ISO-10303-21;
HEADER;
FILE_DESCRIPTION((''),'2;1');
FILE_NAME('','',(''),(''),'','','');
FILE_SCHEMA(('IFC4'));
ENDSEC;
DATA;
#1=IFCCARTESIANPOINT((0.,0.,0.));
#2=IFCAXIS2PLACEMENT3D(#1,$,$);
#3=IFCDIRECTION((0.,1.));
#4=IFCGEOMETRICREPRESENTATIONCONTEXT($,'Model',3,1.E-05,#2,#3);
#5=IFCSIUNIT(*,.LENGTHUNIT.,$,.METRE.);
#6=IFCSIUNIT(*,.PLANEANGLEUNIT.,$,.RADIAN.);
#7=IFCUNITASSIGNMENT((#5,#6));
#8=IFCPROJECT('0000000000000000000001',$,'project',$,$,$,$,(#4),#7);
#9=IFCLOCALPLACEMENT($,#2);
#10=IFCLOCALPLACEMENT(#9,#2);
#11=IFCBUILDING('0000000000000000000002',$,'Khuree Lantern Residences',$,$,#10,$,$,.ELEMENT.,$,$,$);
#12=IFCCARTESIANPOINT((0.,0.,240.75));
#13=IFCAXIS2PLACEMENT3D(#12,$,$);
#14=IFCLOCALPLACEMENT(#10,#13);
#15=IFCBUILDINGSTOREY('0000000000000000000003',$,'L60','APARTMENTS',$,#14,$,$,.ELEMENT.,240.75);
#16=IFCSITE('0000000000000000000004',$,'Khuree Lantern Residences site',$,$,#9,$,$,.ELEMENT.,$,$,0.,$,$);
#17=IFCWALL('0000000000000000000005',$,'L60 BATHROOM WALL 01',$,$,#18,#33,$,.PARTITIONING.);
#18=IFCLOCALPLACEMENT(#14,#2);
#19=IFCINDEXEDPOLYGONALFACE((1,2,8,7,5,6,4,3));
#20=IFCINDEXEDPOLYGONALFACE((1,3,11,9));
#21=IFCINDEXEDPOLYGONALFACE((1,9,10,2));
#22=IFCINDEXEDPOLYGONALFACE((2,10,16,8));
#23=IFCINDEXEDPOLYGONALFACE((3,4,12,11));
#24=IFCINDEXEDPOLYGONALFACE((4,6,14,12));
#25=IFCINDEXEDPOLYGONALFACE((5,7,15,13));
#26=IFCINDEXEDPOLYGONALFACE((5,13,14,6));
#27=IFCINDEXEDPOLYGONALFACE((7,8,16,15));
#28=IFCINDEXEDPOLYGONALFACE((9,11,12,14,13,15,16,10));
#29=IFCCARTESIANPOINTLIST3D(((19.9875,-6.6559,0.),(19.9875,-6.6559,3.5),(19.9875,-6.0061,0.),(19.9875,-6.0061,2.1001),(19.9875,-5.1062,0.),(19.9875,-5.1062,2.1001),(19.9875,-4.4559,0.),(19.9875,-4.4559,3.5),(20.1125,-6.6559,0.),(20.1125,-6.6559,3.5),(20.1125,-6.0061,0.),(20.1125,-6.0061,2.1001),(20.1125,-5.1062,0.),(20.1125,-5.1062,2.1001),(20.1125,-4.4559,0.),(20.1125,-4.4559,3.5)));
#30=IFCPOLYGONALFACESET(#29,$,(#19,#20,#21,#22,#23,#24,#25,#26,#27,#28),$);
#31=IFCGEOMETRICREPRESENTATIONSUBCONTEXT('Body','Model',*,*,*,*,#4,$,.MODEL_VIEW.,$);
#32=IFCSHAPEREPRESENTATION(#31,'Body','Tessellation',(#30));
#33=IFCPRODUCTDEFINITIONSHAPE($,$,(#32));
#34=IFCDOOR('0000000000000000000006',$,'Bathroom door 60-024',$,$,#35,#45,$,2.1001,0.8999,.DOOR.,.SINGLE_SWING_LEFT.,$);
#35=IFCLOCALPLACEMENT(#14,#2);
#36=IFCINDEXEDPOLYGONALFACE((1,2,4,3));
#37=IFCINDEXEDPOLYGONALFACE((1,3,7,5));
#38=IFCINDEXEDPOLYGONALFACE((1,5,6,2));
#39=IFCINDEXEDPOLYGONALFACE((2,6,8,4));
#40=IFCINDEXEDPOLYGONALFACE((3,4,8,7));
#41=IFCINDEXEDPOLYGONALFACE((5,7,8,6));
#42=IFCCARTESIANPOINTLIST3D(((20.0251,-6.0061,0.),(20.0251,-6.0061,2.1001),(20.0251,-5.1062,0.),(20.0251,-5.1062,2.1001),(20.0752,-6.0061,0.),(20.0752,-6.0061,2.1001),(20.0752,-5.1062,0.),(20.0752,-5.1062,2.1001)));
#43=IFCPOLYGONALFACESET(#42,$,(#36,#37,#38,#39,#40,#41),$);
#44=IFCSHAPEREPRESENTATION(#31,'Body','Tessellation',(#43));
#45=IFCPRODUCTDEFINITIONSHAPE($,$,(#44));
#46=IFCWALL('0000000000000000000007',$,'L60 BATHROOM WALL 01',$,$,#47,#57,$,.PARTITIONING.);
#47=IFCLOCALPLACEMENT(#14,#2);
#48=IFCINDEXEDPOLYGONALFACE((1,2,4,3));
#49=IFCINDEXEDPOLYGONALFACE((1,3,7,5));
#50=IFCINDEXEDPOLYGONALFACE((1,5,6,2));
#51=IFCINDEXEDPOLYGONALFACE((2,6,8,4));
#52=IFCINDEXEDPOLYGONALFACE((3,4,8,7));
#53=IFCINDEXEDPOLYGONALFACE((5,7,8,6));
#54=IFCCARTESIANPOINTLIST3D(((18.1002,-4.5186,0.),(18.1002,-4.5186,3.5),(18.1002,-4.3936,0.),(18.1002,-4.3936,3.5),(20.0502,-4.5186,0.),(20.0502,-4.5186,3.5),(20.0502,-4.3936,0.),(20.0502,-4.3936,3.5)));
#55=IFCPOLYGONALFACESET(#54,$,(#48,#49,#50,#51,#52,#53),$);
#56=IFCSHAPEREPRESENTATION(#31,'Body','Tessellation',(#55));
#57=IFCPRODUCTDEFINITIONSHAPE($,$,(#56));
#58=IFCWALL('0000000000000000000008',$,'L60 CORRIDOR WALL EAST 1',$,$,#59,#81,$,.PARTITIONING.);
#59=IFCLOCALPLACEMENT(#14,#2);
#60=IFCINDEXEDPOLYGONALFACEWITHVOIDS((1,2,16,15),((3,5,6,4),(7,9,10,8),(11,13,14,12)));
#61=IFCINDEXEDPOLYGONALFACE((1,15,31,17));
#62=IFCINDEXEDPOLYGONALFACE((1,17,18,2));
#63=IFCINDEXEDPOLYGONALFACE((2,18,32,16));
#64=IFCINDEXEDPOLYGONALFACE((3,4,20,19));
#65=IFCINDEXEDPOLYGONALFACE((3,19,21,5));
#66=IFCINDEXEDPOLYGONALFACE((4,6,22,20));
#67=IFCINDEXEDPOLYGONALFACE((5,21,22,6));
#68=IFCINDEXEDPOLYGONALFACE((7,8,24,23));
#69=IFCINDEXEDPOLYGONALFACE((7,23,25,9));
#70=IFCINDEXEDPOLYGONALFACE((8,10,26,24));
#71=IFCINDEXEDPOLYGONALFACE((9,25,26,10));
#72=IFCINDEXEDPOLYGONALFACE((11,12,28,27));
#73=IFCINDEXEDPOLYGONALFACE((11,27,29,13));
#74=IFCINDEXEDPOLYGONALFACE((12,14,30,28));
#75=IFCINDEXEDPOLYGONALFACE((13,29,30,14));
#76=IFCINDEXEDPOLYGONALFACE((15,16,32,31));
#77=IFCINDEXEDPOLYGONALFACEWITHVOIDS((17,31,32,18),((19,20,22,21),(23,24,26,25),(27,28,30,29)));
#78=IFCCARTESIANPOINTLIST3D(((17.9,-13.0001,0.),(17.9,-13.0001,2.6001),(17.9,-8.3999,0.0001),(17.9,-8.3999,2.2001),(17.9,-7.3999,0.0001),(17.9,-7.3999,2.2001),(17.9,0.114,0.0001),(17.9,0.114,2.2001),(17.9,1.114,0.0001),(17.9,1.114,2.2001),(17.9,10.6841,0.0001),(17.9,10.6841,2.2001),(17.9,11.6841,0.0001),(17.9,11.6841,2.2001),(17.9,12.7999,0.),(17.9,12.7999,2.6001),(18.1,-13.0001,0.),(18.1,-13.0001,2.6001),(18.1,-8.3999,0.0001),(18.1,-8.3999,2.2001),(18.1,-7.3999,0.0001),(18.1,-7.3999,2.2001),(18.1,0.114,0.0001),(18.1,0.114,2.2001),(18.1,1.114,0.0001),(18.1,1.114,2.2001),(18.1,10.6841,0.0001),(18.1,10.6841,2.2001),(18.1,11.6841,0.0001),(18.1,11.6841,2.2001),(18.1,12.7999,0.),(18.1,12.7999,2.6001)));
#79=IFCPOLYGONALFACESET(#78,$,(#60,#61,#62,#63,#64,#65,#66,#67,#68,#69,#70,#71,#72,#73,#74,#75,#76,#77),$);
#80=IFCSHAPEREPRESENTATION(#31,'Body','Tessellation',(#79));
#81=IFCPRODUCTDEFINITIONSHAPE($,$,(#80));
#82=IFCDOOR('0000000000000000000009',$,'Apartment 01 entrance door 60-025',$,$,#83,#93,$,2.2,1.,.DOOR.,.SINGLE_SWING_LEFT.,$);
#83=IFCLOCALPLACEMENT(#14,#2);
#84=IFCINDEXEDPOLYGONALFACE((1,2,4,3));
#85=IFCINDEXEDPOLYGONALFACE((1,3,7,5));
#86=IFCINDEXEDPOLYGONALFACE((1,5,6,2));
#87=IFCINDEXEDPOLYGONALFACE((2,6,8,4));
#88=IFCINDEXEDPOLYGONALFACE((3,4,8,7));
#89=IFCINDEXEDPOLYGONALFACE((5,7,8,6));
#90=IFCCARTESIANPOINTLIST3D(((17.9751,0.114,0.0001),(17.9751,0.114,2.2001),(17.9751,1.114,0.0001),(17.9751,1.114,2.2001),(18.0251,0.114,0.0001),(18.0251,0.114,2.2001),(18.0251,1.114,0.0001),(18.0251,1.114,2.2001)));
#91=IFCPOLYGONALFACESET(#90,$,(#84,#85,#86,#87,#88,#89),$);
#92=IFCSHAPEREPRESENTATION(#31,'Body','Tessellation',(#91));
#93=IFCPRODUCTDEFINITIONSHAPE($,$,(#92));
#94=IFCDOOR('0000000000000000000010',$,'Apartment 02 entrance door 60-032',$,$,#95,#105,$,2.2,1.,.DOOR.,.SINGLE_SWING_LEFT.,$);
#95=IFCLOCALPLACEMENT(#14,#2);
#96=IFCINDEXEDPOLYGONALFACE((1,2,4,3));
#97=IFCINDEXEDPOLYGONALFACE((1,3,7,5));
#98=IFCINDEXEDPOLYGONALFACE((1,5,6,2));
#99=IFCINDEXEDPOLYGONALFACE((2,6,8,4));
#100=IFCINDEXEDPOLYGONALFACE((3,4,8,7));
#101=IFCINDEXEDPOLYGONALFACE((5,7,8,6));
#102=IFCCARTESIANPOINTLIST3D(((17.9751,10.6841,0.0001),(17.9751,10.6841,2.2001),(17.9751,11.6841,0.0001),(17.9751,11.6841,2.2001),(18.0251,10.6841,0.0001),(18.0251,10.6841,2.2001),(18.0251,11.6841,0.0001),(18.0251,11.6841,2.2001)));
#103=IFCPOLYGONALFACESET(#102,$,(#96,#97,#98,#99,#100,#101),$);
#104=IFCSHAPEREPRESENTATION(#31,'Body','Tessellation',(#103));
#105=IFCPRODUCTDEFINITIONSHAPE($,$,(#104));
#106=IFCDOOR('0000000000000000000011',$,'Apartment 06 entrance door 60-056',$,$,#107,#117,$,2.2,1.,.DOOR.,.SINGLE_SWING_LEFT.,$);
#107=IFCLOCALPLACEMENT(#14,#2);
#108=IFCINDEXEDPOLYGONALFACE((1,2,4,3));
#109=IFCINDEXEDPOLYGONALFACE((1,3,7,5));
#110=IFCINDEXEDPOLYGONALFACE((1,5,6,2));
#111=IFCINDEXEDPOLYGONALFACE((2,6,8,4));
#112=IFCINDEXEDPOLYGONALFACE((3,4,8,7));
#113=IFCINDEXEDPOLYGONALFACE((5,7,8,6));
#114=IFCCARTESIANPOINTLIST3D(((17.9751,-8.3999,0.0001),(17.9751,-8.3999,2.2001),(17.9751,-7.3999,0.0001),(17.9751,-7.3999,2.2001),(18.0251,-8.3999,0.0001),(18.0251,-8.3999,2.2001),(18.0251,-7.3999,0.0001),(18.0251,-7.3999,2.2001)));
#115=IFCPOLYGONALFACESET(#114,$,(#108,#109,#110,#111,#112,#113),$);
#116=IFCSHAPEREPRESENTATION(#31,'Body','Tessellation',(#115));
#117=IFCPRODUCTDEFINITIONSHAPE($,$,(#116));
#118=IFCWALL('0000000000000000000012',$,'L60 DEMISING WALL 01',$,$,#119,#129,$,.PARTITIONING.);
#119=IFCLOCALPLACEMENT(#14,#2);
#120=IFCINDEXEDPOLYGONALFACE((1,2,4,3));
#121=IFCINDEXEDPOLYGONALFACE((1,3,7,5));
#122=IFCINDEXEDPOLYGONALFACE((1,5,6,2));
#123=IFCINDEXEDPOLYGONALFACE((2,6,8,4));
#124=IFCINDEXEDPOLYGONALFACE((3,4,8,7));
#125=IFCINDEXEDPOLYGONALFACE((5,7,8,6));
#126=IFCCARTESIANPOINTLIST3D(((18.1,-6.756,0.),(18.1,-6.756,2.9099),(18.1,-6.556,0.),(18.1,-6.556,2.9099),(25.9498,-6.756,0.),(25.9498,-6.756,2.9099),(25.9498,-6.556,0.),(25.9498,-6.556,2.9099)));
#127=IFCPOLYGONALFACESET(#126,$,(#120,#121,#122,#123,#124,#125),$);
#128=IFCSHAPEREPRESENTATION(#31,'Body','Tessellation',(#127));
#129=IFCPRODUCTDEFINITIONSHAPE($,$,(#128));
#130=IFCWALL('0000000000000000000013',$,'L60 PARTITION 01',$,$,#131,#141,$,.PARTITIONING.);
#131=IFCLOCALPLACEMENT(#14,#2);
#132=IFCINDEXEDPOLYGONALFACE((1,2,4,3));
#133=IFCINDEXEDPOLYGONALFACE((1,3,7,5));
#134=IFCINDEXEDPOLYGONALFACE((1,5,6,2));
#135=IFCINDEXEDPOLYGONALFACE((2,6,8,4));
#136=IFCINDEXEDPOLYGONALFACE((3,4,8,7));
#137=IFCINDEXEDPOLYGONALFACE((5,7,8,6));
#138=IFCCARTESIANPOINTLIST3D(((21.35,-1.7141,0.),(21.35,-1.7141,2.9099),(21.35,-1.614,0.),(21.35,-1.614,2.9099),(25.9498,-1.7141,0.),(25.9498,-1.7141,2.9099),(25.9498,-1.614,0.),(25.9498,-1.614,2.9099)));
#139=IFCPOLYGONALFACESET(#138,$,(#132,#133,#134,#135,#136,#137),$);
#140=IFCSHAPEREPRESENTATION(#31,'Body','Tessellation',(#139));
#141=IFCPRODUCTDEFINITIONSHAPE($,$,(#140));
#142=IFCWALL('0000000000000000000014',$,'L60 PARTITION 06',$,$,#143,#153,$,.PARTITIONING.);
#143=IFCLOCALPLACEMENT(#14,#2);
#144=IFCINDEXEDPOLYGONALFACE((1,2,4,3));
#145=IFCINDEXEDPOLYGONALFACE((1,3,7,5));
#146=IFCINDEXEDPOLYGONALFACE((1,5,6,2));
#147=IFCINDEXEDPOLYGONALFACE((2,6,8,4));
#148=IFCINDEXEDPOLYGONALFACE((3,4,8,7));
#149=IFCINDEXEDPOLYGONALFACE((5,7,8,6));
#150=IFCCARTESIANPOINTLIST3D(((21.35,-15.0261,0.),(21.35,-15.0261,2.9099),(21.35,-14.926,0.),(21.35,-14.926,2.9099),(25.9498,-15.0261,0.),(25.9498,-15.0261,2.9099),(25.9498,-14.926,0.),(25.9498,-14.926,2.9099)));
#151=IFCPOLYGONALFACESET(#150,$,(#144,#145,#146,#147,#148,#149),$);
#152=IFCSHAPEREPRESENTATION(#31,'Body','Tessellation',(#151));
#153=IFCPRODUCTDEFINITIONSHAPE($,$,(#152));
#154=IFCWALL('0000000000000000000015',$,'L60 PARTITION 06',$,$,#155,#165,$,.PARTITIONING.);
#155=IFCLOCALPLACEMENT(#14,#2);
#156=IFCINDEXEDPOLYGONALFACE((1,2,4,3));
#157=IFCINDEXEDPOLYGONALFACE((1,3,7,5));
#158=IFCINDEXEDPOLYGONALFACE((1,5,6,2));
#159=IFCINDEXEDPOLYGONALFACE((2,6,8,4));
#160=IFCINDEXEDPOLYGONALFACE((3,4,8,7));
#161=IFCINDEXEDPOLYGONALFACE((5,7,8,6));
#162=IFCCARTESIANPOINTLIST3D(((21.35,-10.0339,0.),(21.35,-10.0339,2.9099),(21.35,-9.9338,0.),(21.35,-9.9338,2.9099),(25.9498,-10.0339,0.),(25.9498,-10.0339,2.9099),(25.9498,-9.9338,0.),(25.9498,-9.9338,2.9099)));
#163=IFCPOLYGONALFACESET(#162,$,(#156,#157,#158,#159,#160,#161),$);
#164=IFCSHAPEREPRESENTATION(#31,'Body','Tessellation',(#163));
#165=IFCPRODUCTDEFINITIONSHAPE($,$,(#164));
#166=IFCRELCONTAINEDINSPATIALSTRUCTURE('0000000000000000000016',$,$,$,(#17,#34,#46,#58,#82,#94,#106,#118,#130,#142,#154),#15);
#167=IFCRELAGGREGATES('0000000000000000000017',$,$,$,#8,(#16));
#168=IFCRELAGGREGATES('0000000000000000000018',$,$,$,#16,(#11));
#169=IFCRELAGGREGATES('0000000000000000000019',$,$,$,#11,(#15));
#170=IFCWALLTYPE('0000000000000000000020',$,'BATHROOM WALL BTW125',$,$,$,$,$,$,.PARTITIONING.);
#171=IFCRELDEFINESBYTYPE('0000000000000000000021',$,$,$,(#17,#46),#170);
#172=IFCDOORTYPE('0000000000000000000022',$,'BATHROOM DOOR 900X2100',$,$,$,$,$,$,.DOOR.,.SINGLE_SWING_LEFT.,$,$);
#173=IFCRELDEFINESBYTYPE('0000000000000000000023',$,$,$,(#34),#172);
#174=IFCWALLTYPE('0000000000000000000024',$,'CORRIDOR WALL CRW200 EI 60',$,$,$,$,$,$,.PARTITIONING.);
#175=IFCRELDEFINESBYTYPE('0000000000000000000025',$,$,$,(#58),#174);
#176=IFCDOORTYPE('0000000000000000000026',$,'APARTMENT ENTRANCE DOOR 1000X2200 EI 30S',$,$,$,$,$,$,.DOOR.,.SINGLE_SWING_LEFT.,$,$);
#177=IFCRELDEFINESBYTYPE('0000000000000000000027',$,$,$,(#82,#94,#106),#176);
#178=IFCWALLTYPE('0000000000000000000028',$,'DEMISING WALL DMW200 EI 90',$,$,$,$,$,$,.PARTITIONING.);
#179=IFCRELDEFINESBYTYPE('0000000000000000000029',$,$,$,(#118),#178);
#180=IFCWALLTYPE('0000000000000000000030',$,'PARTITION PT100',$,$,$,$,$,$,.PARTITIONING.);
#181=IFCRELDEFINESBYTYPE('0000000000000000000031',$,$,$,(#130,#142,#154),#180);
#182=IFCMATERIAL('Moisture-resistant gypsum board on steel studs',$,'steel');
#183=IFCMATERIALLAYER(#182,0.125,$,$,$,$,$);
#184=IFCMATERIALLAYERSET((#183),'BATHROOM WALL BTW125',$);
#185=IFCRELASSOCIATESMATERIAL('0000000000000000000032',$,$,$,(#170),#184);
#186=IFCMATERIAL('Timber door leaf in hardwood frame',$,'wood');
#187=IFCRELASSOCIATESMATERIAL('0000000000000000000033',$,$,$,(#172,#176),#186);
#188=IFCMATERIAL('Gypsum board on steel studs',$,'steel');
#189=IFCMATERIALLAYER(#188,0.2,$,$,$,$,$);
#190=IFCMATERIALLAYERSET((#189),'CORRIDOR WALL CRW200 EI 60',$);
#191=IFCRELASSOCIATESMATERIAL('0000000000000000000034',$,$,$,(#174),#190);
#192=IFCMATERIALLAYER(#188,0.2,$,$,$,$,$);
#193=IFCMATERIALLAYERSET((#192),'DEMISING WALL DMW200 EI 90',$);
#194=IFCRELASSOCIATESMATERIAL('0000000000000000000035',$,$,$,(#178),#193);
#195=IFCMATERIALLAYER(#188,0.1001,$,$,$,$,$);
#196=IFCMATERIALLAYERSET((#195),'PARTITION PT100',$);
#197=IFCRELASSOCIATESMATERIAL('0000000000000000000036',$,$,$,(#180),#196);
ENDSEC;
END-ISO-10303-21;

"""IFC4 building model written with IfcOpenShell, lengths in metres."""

from ifc_helpers import new_model, si_unit, direction, frame, frame_2d, origin, place, context, subcontext, project, spatial, rectangle, extrude, material, layer, layer_set, type_object, element, fill, save


model = new_model("IFC4")

# Units and contexts
model_context = context("Model", 3, precision=1e-05, world=origin(), true_north=direction((0.0, 1.0)))
body_context = subcontext(model_context, "Body", "Model", "MODEL_VIEW")
ifc_project = project(units=[si_unit("LENGTHUNIT", "METRE"), si_unit("PLANEANGLEUNIT", "RADIAN")], contexts=[model_context])

# Site, building, storey
site_placement = place(None, origin())
site = spatial("IfcSite", under=ifc_project, at=site_placement, Name="Khuree Lantern Residences site", CompositionType="ELEMENT", RefElevation=0.0)
building_placement = place(site_placement, origin())
building = spatial("IfcBuilding", under=site, at=building_placement, Name="Khuree Lantern Residences", CompositionType="ELEMENT")
storey_placement = place(building_placement, frame((0.0, 0.0, 240.75)))
storey = spatial("IfcBuildingStorey", under=building, at=storey_placement, Name="L60", Description="APARTMENTS", CompositionType="ELEMENT", Elevation=240.75)

# Wall, opening, door
ifc_material_1 = material(Name="Moisture-resistant gypsum board on steel studs", Category="steel")
ifc_layer_1 = layer(ifc_material_1, 0.125)
ifc_layer_set_1 = layer_set([ifc_layer_1], Name="BATHROOM WALL BTW125")
wall_type_1 = type_object("IfcWallType", Name="BATHROOM WALL BTW125", PredefinedType="PARTITIONING", material=ifc_layer_set_1)
wall_1_placement = place(storey_placement, frame((20.05, -6.656, 0.0), z_axis=(0.0, 0.0, 1.0), x_axis=(0.0, 1.0, 0.0)))
wall_1 = element("IfcWall", 1, at=wall_1_placement, inside=storey, type_object=wall_type_1, Name="L60 BATHROOM WALL 01", PredefinedType="PARTITIONING", context=body_context, shape_type="SweptSolid", body=[
    extrude(rectangle(XDim=2.2, YDim=0.125, at=frame_2d((1.1001, 0.0))), origin(), (0.0, 0.0, 1.0), 3.5),
])
opening_1_placement = place(wall_1_placement, frame((0.6499, 0.0, 0.0)))
opening_1 = element("IfcOpeningElement", 2, at=opening_1_placement, cuts=wall_1, PredefinedType="OPENING", context=body_context, shape_type="SweptSolid", body=[
    extrude(rectangle(XDim=0.8999, YDim=2.1001, at=frame_2d((0.45, 1.05))), frame((0.0, 0.0725, 0.0), z_axis=(0.0, -1.0, 0.0), x_axis=(1.0, 0.0, 0.0)), (0.0, 0.0, 1.0), 0.145),
])
ifc_material_2 = material(Name="Timber door leaf in hardwood frame", Category="wood")
door_type_1 = type_object("IfcDoorType", Name="BATHROOM DOOR 900X2100", OperationType="SINGLE_SWING_LEFT", PredefinedType="DOOR", material=ifc_material_2)
door_1_placement = place(opening_1_placement, origin())
door_1 = element("IfcDoor", 3, at=door_1_placement, inside=storey, type_object=door_type_1, Name="Bathroom door 60-024", OperationType="SINGLE_SWING_LEFT", OverallHeight=2.1001, OverallWidth=0.8999, PredefinedType="DOOR", context=body_context, shape_type="SweptSolid", body=[
    extrude(rectangle(XDim=0.8999, YDim=2.1001, at=frame_2d((0.45, 1.05))), frame((0.0, 0.0249, 0.0), z_axis=(0.0, -1.0, 0.0), x_axis=(1.0, 0.0, 0.0)), (0.0, 0.0, 1.0), 0.05),
])
fill(opening_1, door_1)

# Wall
wall_2_placement = place(storey_placement, frame((18.1001, -4.4561, 0.0), z_axis=(0.0, 0.0, 1.0), x_axis=(1.0, 0.0, 0.0)))
element("IfcWall", 4, at=wall_2_placement, inside=storey, type_object=wall_type_1, Name="L60 BATHROOM WALL 01", PredefinedType="PARTITIONING", context=body_context, shape_type="SweptSolid", body=[
    extrude(rectangle(XDim=1.95, YDim=0.125, at=frame_2d((0.9751, 0.0))), origin(), (0.0, 0.0, 1.0), 3.5),
])

# Wall, openings, doors
ifc_material_3 = material(Name="Gypsum board on steel studs", Category="steel")
ifc_layer_2 = layer(ifc_material_3, 0.2)
ifc_layer_set_2 = layer_set([ifc_layer_2], Name="CORRIDOR WALL CRW200 EI 60")
wall_type_2 = type_object("IfcWallType", Name="CORRIDOR WALL CRW200 EI 60", PredefinedType="PARTITIONING", material=ifc_layer_set_2)
wall_3_placement = place(storey_placement, frame((18.0, -13.0, 0.0), z_axis=(0.0, 0.0, 1.0), x_axis=(0.0, 1.0, 0.0)))
wall_3 = element("IfcWall", 5, at=wall_3_placement, inside=storey, type_object=wall_type_2, Name="L60 CORRIDOR WALL EAST 1", PredefinedType="PARTITIONING", context=body_context, shape_type="SweptSolid", body=[
    extrude(rectangle(XDim=25.8, YDim=0.2, at=frame_2d((12.8999, 0.0))), origin(), (0.0, 0.0, 1.0), 2.6001),
])
opening_2_placement = place(wall_3_placement, frame((13.114, 0.0, 0.0)))
opening_2 = element("IfcOpeningElement", 6, at=opening_2_placement, cuts=wall_3, PredefinedType="OPENING", context=body_context, shape_type="SweptSolid", body=[
    extrude(rectangle(XDim=1.0, YDim=2.2, at=frame_2d((0.5, 1.1001))), frame((0.0, 0.1099, 0.0), z_axis=(0.0, -1.0, 0.0), x_axis=(1.0, 0.0, 0.0)), (0.0, 0.0, 1.0), 0.22),
])
opening_3_placement = place(wall_3_placement, frame((23.6841, 0.0, 0.0)))
opening_3 = element("IfcOpeningElement", 7, at=opening_3_placement, cuts=wall_3, PredefinedType="OPENING", context=body_context, shape_type="SweptSolid", body=[
    extrude(rectangle(XDim=1.0, YDim=2.2, at=frame_2d((0.5, 1.1001))), frame((0.0, 0.1099, 0.0), z_axis=(0.0, -1.0, 0.0), x_axis=(1.0, 0.0, 0.0)), (0.0, 0.0, 1.0), 0.22),
])
opening_4_placement = place(wall_3_placement, frame((4.6001, 0.0, 0.0)))
opening_4 = element("IfcOpeningElement", 8, at=opening_4_placement, cuts=wall_3, PredefinedType="OPENING", context=body_context, shape_type="SweptSolid", body=[
    extrude(rectangle(XDim=1.0, YDim=2.2, at=frame_2d((0.5, 1.1001))), frame((0.0, 0.1099, 0.0), z_axis=(0.0, -1.0, 0.0), x_axis=(1.0, 0.0, 0.0)), (0.0, 0.0, 1.0), 0.22),
])
door_type_2 = type_object("IfcDoorType", Name="APARTMENT ENTRANCE DOOR 1000X2200 EI 30S", OperationType="SINGLE_SWING_LEFT", PredefinedType="DOOR", material=ifc_material_2)
door_2_placement = place(opening_2_placement, origin())
door_2 = element("IfcDoor", 9, at=door_2_placement, inside=storey, type_object=door_type_2, Name="Apartment 01 entrance door 60-025", OperationType="SINGLE_SWING_LEFT", OverallHeight=2.2, OverallWidth=1.0, PredefinedType="DOOR", context=body_context, shape_type="SweptSolid", body=[
    extrude(rectangle(XDim=1.0, YDim=2.2, at=frame_2d((0.5, 1.1001))), frame((0.0, 0.0249, 0.0), z_axis=(0.0, -1.0, 0.0), x_axis=(1.0, 0.0, 0.0)), (0.0, 0.0, 1.0), 0.05),
])
fill(opening_2, door_2)
door_3_placement = place(opening_3_placement, origin())
door_3 = element("IfcDoor", 10, at=door_3_placement, inside=storey, type_object=door_type_2, Name="Apartment 02 entrance door 60-032", OperationType="SINGLE_SWING_LEFT", OverallHeight=2.2, OverallWidth=1.0, PredefinedType="DOOR", context=body_context, shape_type="SweptSolid", body=[
    extrude(rectangle(XDim=1.0, YDim=2.2, at=frame_2d((0.5, 1.1001))), frame((0.0, 0.0249, 0.0), z_axis=(0.0, -1.0, 0.0), x_axis=(1.0, 0.0, 0.0)), (0.0, 0.0, 1.0), 0.05),
])
fill(opening_3, door_3)
door_4_placement = place(opening_4_placement, origin())
door_4 = element("IfcDoor", 11, at=door_4_placement, inside=storey, type_object=door_type_2, Name="Apartment 06 entrance door 60-056", OperationType="SINGLE_SWING_LEFT", OverallHeight=2.2, OverallWidth=1.0, PredefinedType="DOOR", context=body_context, shape_type="SweptSolid", body=[
    extrude(rectangle(XDim=1.0, YDim=2.2, at=frame_2d((0.5, 1.1001))), frame((0.0, 0.0249, 0.0), z_axis=(0.0, -1.0, 0.0), x_axis=(1.0, 0.0, 0.0)), (0.0, 0.0, 1.0), 0.05),
])
fill(opening_4, door_4)

# Walls
ifc_layer_3 = layer(ifc_material_3, 0.2)
ifc_layer_set_3 = layer_set([ifc_layer_3], Name="DEMISING WALL DMW200 EI 90")
wall_type_3 = type_object("IfcWallType", Name="DEMISING WALL DMW200 EI 90", PredefinedType="PARTITIONING", material=ifc_layer_set_3)
wall_4_placement = place(storey_placement, frame((18.1001, -6.656, 0.0), z_axis=(0.0, 0.0, 1.0), x_axis=(1.0, 0.0, 0.0)))
element("IfcWall", 12, at=wall_4_placement, inside=storey, type_object=wall_type_3, Name="L60 DEMISING WALL 01", PredefinedType="PARTITIONING", context=body_context, shape_type="SweptSolid", body=[
    extrude(rectangle(XDim=7.8499, YDim=0.2, at=frame_2d((3.9248, 0.0))), origin(), (0.0, 0.0, 1.0), 2.9099),
])
ifc_layer_4 = layer(ifc_material_3, 0.1001)
ifc_layer_set_4 = layer_set([ifc_layer_4], Name="PARTITION PT100")
wall_type_4 = type_object("IfcWallType", Name="PARTITION PT100", PredefinedType="PARTITIONING", material=ifc_layer_set_4)
for number, where, z_axis, x_axis, name in (
    (13, (21.3501, -1.6641, 0.0), (0.0, 0.0, 1.0), (1.0, 0.0, 0.0), "L60 PARTITION 01"),
    (14, (21.3501, -14.9761, 0.0), (0.0, 0.0, 1.0), (1.0, 0.0, 0.0), "L60 PARTITION 06"),
    (15, (21.3501, -9.9839, 0.0), (0.0, 0.0, 1.0), (1.0, 0.0, 0.0), "L60 PARTITION 06"),
):
    element("IfcWall", number, at=place(storey_placement, frame(where, z_axis=z_axis, x_axis=x_axis)), inside=storey, type_object=wall_type_4, Name=name, PredefinedType="PARTITIONING", context=body_context, shape_type="SweptSolid", body=[
        extrude(rectangle(XDim=4.5999, YDim=0.1001, at=frame_2d((2.2998, 0.0))), origin(), (0.0, 0.0, 1.0), 2.9099),
    ])

save(model, "model.ifc")
